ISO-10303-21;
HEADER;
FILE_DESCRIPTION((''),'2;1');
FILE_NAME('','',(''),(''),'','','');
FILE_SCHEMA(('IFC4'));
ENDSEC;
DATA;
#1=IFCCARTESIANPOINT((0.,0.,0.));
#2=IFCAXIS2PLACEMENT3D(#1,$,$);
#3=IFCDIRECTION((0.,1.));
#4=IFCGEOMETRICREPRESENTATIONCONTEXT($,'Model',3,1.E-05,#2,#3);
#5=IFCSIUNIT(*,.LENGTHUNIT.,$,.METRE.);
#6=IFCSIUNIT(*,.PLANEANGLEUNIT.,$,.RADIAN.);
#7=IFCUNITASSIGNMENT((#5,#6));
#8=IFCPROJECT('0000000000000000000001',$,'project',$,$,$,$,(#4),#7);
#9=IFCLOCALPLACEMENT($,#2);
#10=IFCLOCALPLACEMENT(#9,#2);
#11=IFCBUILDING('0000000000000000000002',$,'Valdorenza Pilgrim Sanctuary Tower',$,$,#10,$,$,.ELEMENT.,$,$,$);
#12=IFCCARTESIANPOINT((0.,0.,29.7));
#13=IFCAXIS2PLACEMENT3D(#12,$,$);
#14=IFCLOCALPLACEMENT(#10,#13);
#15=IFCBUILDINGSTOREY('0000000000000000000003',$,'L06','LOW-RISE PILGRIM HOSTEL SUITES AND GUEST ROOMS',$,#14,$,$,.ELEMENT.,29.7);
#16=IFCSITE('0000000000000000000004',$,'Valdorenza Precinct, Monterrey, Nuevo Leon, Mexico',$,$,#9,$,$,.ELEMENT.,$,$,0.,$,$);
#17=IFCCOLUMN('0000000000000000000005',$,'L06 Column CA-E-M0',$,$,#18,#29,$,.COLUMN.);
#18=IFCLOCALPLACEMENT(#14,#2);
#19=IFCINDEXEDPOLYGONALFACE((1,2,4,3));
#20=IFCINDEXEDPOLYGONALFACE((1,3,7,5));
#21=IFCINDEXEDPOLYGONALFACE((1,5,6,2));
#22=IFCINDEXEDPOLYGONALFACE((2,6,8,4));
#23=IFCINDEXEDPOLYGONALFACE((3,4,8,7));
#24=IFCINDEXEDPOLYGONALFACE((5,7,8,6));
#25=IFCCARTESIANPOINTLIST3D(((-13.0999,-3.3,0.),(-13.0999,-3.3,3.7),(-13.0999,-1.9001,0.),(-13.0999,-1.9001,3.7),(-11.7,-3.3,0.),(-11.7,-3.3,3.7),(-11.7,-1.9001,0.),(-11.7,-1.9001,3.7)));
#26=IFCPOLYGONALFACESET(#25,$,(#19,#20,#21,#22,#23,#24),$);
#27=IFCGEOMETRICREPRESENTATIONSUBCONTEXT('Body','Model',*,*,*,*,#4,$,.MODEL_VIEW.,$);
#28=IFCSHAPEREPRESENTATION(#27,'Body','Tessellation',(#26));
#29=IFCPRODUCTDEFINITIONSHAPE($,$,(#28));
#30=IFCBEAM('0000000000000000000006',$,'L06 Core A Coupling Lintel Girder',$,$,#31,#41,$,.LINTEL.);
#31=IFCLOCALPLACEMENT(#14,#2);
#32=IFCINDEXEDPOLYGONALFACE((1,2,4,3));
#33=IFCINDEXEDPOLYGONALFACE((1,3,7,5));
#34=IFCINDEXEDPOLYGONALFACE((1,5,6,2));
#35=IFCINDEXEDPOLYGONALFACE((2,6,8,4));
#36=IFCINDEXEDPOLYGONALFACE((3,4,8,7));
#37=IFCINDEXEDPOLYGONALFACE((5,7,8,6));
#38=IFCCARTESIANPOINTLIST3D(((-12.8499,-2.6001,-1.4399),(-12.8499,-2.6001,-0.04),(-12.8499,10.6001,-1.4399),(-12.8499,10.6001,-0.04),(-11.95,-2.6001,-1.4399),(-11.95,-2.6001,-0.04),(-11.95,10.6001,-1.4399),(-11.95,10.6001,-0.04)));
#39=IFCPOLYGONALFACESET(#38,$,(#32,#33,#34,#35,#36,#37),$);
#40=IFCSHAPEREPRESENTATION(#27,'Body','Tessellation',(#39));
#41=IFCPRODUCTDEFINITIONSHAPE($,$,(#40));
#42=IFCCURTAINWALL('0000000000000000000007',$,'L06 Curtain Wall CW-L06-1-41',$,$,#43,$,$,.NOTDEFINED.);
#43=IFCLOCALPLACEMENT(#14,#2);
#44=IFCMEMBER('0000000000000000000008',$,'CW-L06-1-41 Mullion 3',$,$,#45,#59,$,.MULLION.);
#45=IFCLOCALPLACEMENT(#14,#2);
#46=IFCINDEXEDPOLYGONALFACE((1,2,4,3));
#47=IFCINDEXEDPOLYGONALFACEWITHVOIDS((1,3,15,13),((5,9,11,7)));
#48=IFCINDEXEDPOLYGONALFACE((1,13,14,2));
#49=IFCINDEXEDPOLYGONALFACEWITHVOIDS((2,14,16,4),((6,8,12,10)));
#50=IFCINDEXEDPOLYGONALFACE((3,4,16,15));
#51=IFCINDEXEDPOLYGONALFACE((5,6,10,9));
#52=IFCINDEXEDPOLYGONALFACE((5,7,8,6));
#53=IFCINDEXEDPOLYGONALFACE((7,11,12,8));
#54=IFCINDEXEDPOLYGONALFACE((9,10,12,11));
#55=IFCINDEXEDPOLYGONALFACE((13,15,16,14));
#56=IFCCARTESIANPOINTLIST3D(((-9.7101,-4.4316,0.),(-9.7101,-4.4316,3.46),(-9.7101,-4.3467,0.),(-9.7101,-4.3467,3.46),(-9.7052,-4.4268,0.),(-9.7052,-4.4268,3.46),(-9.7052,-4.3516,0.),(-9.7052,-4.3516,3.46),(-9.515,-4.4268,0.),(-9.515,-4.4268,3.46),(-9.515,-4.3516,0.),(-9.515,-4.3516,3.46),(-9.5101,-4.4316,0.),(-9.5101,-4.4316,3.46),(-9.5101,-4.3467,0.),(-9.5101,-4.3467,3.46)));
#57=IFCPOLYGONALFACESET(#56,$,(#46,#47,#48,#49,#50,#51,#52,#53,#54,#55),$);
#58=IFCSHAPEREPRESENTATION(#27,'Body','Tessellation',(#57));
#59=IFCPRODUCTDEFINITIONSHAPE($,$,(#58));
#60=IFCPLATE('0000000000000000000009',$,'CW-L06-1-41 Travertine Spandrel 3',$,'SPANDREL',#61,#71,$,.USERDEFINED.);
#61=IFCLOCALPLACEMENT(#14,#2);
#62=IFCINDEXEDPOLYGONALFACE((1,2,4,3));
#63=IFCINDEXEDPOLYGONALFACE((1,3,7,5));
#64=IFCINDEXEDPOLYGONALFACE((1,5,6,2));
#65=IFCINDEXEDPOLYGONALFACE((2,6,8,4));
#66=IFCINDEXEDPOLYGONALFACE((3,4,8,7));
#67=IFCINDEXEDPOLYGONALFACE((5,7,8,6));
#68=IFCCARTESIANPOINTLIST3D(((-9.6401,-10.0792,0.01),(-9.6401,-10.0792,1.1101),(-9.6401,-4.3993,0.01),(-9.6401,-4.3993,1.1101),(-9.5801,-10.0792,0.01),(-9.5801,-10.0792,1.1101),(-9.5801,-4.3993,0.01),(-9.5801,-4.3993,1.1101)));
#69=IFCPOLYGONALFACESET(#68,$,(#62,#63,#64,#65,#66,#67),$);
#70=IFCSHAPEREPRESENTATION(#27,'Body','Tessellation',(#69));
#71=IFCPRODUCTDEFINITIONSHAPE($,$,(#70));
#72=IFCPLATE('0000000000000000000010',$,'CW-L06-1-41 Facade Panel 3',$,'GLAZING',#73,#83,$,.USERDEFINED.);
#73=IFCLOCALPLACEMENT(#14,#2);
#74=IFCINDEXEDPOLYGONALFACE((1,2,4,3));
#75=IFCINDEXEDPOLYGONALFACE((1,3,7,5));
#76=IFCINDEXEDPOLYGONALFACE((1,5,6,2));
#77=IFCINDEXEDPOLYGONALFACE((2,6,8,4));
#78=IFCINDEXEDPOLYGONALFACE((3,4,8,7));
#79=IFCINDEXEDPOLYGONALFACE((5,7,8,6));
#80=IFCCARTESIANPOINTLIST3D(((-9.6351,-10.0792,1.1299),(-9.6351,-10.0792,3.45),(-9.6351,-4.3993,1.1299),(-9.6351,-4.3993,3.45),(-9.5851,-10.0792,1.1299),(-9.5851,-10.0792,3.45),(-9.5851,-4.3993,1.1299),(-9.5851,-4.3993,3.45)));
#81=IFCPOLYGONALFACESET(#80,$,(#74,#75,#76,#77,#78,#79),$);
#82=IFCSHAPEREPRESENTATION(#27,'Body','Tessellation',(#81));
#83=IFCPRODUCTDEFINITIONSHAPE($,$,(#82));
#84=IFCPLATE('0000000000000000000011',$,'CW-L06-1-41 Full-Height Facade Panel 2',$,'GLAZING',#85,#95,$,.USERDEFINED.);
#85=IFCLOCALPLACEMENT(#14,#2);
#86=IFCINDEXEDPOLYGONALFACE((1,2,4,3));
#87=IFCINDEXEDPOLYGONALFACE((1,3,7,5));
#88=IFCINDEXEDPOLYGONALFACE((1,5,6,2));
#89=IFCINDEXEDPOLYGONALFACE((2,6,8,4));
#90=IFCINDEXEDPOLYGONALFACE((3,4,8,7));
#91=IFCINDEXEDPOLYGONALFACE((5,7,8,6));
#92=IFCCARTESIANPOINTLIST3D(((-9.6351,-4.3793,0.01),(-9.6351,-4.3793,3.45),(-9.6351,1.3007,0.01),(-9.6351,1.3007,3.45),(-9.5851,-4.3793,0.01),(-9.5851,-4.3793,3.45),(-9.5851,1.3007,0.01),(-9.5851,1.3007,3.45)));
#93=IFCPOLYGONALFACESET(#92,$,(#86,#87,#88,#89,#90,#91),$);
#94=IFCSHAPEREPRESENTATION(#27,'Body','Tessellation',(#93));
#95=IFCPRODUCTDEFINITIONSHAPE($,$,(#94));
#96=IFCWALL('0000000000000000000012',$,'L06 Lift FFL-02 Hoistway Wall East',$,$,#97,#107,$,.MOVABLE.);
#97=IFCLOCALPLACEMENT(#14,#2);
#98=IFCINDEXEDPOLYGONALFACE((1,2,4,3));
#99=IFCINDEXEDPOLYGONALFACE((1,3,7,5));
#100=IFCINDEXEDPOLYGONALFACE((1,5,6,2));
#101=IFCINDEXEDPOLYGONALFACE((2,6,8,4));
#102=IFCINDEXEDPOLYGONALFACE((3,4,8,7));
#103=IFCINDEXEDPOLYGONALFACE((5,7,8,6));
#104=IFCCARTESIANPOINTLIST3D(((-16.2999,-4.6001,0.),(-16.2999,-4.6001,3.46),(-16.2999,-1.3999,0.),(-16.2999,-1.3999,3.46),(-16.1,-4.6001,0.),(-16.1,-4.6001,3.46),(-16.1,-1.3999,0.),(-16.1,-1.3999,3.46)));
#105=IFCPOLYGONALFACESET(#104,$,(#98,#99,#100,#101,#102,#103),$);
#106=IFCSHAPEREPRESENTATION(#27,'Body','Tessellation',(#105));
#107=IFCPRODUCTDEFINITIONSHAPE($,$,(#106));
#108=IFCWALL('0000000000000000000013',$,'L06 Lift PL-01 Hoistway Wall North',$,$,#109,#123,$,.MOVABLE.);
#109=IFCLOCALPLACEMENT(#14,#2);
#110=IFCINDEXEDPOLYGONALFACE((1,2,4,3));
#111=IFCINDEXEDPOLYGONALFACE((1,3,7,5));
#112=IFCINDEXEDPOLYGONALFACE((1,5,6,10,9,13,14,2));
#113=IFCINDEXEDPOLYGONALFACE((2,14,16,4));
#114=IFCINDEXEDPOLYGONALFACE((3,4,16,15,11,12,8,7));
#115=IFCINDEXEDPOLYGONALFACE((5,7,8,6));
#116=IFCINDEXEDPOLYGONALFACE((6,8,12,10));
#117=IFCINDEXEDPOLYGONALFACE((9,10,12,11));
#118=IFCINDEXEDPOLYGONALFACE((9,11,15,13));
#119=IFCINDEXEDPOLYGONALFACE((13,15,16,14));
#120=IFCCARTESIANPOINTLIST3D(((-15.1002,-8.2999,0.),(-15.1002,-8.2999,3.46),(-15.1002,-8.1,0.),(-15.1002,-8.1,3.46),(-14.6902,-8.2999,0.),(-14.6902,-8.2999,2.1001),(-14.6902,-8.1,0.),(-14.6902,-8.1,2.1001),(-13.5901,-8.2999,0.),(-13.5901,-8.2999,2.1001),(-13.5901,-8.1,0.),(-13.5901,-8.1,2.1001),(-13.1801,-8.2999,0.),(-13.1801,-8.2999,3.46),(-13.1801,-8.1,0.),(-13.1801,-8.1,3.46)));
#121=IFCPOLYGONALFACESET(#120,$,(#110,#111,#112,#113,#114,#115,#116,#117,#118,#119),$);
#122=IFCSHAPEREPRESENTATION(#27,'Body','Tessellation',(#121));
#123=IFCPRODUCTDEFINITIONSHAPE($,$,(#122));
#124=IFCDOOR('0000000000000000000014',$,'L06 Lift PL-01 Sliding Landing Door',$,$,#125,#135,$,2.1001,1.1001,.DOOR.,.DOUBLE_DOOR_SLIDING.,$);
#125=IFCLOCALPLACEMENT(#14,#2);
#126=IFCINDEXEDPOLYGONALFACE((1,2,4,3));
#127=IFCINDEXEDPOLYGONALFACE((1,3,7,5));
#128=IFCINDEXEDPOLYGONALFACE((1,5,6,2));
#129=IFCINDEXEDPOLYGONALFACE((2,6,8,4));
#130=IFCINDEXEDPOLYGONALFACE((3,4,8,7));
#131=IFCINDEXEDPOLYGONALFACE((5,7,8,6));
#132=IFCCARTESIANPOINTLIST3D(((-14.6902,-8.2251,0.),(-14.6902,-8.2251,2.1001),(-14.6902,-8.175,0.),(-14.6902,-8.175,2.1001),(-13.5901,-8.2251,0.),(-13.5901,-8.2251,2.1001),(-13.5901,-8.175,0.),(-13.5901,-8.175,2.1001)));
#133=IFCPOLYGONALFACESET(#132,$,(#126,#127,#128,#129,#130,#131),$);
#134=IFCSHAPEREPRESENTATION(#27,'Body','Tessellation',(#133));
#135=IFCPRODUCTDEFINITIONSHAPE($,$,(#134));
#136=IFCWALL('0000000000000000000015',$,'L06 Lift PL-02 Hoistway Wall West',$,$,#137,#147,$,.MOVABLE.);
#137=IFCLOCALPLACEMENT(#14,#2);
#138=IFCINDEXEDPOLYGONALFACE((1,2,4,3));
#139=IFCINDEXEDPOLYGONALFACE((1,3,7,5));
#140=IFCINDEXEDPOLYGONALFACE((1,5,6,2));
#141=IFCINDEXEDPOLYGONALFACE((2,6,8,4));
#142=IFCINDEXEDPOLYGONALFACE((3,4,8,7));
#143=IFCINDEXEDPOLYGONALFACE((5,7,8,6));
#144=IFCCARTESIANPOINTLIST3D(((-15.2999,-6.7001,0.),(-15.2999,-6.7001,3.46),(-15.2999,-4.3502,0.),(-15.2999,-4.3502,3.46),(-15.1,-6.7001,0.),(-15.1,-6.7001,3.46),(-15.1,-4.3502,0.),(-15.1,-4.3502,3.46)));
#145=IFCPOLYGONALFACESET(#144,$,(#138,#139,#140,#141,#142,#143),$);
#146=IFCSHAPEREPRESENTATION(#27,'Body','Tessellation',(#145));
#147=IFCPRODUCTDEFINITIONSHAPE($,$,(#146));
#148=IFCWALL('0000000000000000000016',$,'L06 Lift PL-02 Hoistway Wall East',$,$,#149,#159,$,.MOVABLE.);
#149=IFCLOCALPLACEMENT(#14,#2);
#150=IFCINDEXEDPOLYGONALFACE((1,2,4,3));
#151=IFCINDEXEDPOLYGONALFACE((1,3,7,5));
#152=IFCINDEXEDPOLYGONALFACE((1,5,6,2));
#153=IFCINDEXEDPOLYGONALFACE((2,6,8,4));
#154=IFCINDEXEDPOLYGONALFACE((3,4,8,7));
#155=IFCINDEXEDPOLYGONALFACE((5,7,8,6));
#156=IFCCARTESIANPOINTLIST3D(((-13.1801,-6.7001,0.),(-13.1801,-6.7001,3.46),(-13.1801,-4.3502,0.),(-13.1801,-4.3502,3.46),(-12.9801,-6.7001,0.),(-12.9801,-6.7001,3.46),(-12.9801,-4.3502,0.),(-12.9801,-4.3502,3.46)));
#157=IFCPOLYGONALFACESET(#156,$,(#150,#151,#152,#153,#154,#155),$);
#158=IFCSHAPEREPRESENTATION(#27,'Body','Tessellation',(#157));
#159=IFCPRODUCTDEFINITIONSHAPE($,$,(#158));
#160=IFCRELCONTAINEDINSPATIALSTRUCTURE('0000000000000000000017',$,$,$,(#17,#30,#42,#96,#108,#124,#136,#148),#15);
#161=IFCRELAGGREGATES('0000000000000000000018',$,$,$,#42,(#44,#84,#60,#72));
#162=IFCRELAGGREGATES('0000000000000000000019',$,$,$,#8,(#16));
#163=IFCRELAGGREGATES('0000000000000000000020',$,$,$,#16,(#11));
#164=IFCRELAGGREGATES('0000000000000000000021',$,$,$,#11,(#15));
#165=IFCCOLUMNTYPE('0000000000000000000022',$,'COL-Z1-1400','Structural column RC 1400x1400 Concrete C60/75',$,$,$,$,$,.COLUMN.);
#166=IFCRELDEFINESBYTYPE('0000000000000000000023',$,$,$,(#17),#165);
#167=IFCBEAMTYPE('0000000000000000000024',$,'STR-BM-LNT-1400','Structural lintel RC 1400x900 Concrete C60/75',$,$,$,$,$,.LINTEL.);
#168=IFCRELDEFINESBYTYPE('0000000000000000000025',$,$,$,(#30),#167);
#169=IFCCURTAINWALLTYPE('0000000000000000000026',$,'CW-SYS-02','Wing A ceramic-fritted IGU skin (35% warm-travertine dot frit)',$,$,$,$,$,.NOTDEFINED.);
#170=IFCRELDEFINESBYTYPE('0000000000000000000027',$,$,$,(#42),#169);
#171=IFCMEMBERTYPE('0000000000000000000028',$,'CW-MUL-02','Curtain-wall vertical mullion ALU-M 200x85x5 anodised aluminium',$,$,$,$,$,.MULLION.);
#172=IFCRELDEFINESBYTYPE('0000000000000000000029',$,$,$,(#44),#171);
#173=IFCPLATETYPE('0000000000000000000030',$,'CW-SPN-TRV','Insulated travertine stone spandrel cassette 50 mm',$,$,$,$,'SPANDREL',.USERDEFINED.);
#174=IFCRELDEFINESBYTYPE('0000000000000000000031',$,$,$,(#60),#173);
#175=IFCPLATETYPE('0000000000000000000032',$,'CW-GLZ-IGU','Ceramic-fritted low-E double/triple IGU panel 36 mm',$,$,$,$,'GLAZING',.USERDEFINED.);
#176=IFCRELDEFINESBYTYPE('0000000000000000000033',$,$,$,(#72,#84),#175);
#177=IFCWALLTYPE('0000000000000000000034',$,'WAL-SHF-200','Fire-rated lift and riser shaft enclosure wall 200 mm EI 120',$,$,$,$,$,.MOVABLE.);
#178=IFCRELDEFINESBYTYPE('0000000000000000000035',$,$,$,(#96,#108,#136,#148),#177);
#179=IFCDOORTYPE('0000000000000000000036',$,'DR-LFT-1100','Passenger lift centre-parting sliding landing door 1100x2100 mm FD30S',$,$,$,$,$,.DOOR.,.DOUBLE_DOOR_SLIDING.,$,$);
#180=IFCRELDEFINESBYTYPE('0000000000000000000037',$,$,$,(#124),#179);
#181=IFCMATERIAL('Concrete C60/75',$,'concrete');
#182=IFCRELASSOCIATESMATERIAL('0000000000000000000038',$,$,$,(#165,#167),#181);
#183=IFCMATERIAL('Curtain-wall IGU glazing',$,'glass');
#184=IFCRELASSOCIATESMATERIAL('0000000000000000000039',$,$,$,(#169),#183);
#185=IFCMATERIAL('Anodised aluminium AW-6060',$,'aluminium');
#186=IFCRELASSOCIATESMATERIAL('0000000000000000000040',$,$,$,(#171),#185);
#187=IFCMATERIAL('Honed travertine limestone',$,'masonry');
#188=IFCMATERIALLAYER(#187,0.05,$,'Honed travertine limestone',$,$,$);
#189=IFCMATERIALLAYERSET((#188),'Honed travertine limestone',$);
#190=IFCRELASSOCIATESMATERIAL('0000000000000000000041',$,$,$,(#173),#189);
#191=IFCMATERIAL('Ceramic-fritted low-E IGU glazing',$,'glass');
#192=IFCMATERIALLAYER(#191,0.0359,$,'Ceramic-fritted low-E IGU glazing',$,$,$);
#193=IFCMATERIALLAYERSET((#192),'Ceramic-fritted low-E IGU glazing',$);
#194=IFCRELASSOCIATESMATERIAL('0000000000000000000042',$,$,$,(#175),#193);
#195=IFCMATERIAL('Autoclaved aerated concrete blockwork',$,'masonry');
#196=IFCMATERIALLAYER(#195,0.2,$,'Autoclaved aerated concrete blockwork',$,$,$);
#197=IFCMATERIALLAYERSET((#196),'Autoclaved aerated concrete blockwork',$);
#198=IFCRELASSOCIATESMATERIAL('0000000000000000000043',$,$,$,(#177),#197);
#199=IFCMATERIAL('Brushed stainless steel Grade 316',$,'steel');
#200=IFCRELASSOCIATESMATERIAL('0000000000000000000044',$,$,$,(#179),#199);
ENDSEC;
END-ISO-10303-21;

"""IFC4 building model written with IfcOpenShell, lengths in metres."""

from ifc_helpers import new_model, si_unit, direction, frame, frame_2d, origin, origin_2d, place, context, subcontext, project, spatial, rectangle, hollow_rectangle, extrude, source, transform, mapped, material, layer, layer_set, material_profile, profile_set, type_object, element, fill, aggregate, save


model = new_model("IFC4")

# Units and contexts
model_context = context("Model", 3, precision=1e-05, world=origin(), true_north=direction((0.0, 1.0)))
body_context = subcontext(model_context, "Body", "Model", "MODEL_VIEW")
ifc_project = project(units=[si_unit("LENGTHUNIT", "METRE"), si_unit("PLANEANGLEUNIT", "RADIAN")], contexts=[model_context])

# Site, building, storey
site_placement = place(None, origin())
site = spatial("IfcSite", under=ifc_project, at=site_placement, Name="Valdorenza Precinct, Monterrey, Nuevo Leon, Mexico", CompositionType="ELEMENT", RefElevation=0.0)
building_placement = place(site_placement, origin())
building = spatial("IfcBuilding", under=site, at=building_placement, Name="Valdorenza Pilgrim Sanctuary Tower", CompositionType="ELEMENT")
storey_placement = place(building_placement, frame((0.0, 0.0, 29.7)))
storey = spatial("IfcBuildingStorey", under=building, at=storey_placement, Name="L06", Description="LOW-RISE PILGRIM HOSTEL SUITES AND GUEST ROOMS", CompositionType="ELEMENT", Elevation=29.7)

# Column
ifc_material_1 = material(Name="Concrete C60/75", Category="concrete")
ifc_material_profile_1 = material_profile(ifc_material_1, rectangle(XDim=1.3999, YDim=1.3999, at=origin_2d()), Name="RC 1400x1400")
ifc_profile_set_1 = profile_set([ifc_material_profile_1], Name="Concrete C60/75")
column_type = type_object("IfcColumnType", Name="COL-Z1-1400", Description="Structural column RC 1400x1400 Concrete C60/75", PredefinedType="COLUMN", material=ifc_profile_set_1)
shared_shape_1 = source(origin(), body_context, "Body", "SweptSolid", [
    extrude(rectangle(XDim=1.3999, YDim=1.3999, at=origin_2d()), origin(), (0.0, 0.0, 1.0), 3.7),
])
column_placement = place(storey_placement, frame((-12.3999, -2.6001, 0.0), z_axis=(0.0, 0.0, 1.0), x_axis=(1.0, 0.0, 0.0)))
element("IfcColumn", 1, at=column_placement, inside=storey, type_object=column_type, Name="L06 Column CA-E-M0", PredefinedType="COLUMN", context=body_context, shape_type="MappedRepresentation", body=[
    mapped(shared_shape_1, transform((0.0, 0.0, 0.0), x_axis=(1.0, 0.0, 0.0), y_axis=(0.0, 1.0, 0.0), z_axis=(0.0, 0.0, 1.0), scale=1.0)),
])

# Beam
ifc_material_profile_2 = material_profile(ifc_material_1, rectangle(XDim=0.8999, YDim=1.3999, at=origin_2d()), Name="RC 1400x900")
ifc_profile_set_2 = profile_set([ifc_material_profile_2], Name="Concrete C60/75")
beam_type = type_object("IfcBeamType", Name="STR-BM-LNT-1400", Description="Structural lintel RC 1400x900 Concrete C60/75", PredefinedType="LINTEL", material=ifc_profile_set_2)
shared_shape_2 = source(origin(), body_context, "Body", "SweptSolid", [
    extrude(rectangle(XDim=0.8999, YDim=1.3999, at=origin_2d()), origin(), (0.0, 0.0, 1.0), 13.2002),
])
beam_placement = place(storey_placement, frame((-12.3999, -2.6001, -0.74), z_axis=(0.0, 1.0, 0.0), x_axis=(-1.0, 0.0, 0.0)))
element("IfcBeam", 2, at=beam_placement, inside=storey, type_object=beam_type, Name="L06 Core A Coupling Lintel Girder", PredefinedType="LINTEL", context=body_context, shape_type="MappedRepresentation", body=[
    mapped(shared_shape_2, transform((0.0, 0.0, 0.0), x_axis=(1.0, 0.0, 0.0), y_axis=(0.0, 1.0, 0.0), z_axis=(0.0, 0.0, 1.0), scale=1.0)),
])

# Curtain wall, member, plates
ifc_material_2 = material(Name="Curtain-wall IGU glazing", Category="glass")
curtain_wall_type = type_object("IfcCurtainWallType", Name="CW-SYS-02", Description="Wing A ceramic-fritted IGU skin (35% warm-travertine dot frit)", PredefinedType="NOTDEFINED", material=ifc_material_2)
curtain_wall_placement = place(storey_placement, origin())
curtain_wall = element("IfcCurtainWall", 3, at=curtain_wall_placement, inside=storey, type_object=curtain_wall_type, Name="L06 Curtain Wall CW-L06-1-41", PredefinedType="NOTDEFINED")
ifc_material_3 = material(Name="Anodised aluminium AW-6060", Category="aluminium")
ifc_material_profile_3 = material_profile(ifc_material_3, hollow_rectangle(XDim=0.085, YDim=0.2, WallThickness=0.0049, at=origin_2d()), Name="ALU-M 200x85x5")
ifc_profile_set_3 = profile_set([ifc_material_profile_3], Name="Anodised aluminium AW-6060")
member_type = type_object("IfcMemberType", Name="CW-MUL-02", Description="Curtain-wall vertical mullion ALU-M 200x85x5 anodised aluminium", PredefinedType="MULLION", material=ifc_profile_set_3)
shared_shape_3 = source(origin(), body_context, "Body", "SweptSolid", [
    extrude(hollow_rectangle(XDim=0.085, YDim=0.2, WallThickness=0.0049, at=origin_2d()), origin(), (0.0, 0.0, 1.0), 3.46),
])
member_placement = place(storey_placement, frame((-9.6101, -4.3892, 0.0), z_axis=(0.0, 0.0, 1.0), x_axis=(0.0, -1.0, 0.0)))
member = element("IfcMember", 4, at=member_placement, type_object=member_type, Name="CW-L06-1-41 Mullion 3", PredefinedType="MULLION", context=body_context, shape_type="MappedRepresentation", body=[
    mapped(shared_shape_3, transform((0.0, 0.0, 0.0), x_axis=(1.0, 0.0, 0.0), y_axis=(0.0, 1.0, 0.0), z_axis=(0.0, 0.0, 1.0), scale=1.0)),
])
ifc_material_4 = material(Name="Honed travertine limestone", Category="masonry")
ifc_layer_1 = layer(ifc_material_4, 0.05, Name="Honed travertine limestone")
ifc_layer_set_1 = layer_set([ifc_layer_1], Name="Honed travertine limestone")
plate_type_1 = type_object("IfcPlateType", Name="CW-SPN-TRV", Description="Insulated travertine stone spandrel cassette 50 mm", ElementType="SPANDREL", PredefinedType="USERDEFINED", material=ifc_layer_set_1)
shared_shape_4 = source(origin(), body_context, "Body", "SweptSolid", [
    extrude(rectangle(XDim=5.6799, YDim=0.0601, at=origin_2d()), origin(), (0.0, 0.0, 1.0), 1.1001),
])
plate_1_placement = place(storey_placement, frame((-9.6101, -7.2393, 0.01), z_axis=(0.0, 0.0, 1.0), x_axis=(0.0, -1.0, 0.0)))
plate_1 = element("IfcPlate", 5, at=plate_1_placement, type_object=plate_type_1, Name="CW-L06-1-41 Travertine Spandrel 3", ObjectType="SPANDREL", PredefinedType="USERDEFINED", context=body_context, shape_type="MappedRepresentation", body=[
    mapped(shared_shape_4, transform((0.0, 0.0, 0.0), x_axis=(1.0, 0.0, 0.0), y_axis=(0.0, 1.0, 0.0), z_axis=(0.0, 0.0, 1.0), scale=1.0)),
])
ifc_material_5 = material(Name="Ceramic-fritted low-E IGU glazing", Category="glass")
ifc_layer_2 = layer(ifc_material_5, 0.0359, Name="Ceramic-fritted low-E IGU glazing")
ifc_layer_set_2 = layer_set([ifc_layer_2], Name="Ceramic-fritted low-E IGU glazing")
plate_type_2 = type_object("IfcPlateType", Name="CW-GLZ-IGU", Description="Ceramic-fritted low-E double/triple IGU panel 36 mm", ElementType="GLAZING", PredefinedType="USERDEFINED", material=ifc_layer_set_2)
shared_shape_5 = source(origin(), body_context, "Body", "SweptSolid", [
    extrude(rectangle(XDim=5.6799, YDim=0.05, at=origin_2d()), origin(), (0.0, 0.0, 1.0), 2.3201),
])
plate_2_placement = place(storey_placement, frame((-9.6101, -7.2393, 1.1299), z_axis=(0.0, 0.0, 1.0), x_axis=(0.0, -1.0, 0.0)))
plate_2 = element("IfcPlate", 6, at=plate_2_placement, type_object=plate_type_2, Name="CW-L06-1-41 Facade Panel 3", ObjectType="GLAZING", PredefinedType="USERDEFINED", context=body_context, shape_type="MappedRepresentation", body=[
    mapped(shared_shape_5, transform((0.0, 0.0, 0.0), x_axis=(1.0, 0.0, 0.0), y_axis=(0.0, 1.0, 0.0), z_axis=(0.0, 0.0, 1.0), scale=1.0)),
])
shared_shape_6 = source(origin(), body_context, "Body", "SweptSolid", [
    extrude(rectangle(XDim=5.6799, YDim=0.05, at=origin_2d()), origin(), (0.0, 0.0, 1.0), 3.4399),
])
plate_3_placement = place(storey_placement, frame((-9.6101, -1.5393, 0.01), z_axis=(0.0, 0.0, 1.0), x_axis=(0.0, -1.0, 0.0)))
plate_3 = element("IfcPlate", 7, at=plate_3_placement, type_object=plate_type_2, Name="CW-L06-1-41 Full-Height Facade Panel 2", ObjectType="GLAZING", PredefinedType="USERDEFINED", context=body_context, shape_type="MappedRepresentation", body=[
    mapped(shared_shape_6, transform((0.0, 0.0, 0.0), x_axis=(1.0, 0.0, 0.0), y_axis=(0.0, 1.0, 0.0), z_axis=(0.0, 0.0, 1.0), scale=1.0)),
])
aggregate(curtain_wall, [member, plate_3, plate_1, plate_2])

# Wall
ifc_material_6 = material(Name="Autoclaved aerated concrete blockwork", Category="masonry")
ifc_layer_3 = layer(ifc_material_6, 0.2, Name="Autoclaved aerated concrete blockwork")
ifc_layer_set_3 = layer_set([ifc_layer_3], Name="Autoclaved aerated concrete blockwork")
wall_type = type_object("IfcWallType", Name="WAL-SHF-200", Description="Fire-rated lift and riser shaft enclosure wall 200 mm EI 120", PredefinedType="MOVABLE", material=ifc_layer_set_3)
wall_1_placement = place(storey_placement, frame((-16.2, -4.6001, 0.0), z_axis=(0.0, 0.0, 1.0), x_axis=(0.0, 1.0, 0.0)))
element("IfcWall", 8, at=wall_1_placement, inside=storey, type_object=wall_type, Name="L06 Lift FFL-02 Hoistway Wall East", PredefinedType="MOVABLE", context=body_context, shape_type="SweptSolid", body=[
    extrude(rectangle(XDim=3.2002, YDim=0.2, at=frame_2d((1.6001, 0.0))), origin(), (0.0, 0.0, 1.0), 3.46),
])

# Wall, opening, door
wall_2_placement = place(storey_placement, frame((-15.1001, -8.2, 0.0), z_axis=(0.0, 0.0, 1.0), x_axis=(1.0, 0.0, 0.0)))
wall_2 = element("IfcWall", 9, at=wall_2_placement, inside=storey, type_object=wall_type, Name="L06 Lift PL-01 Hoistway Wall North", PredefinedType="MOVABLE", context=body_context, shape_type="SweptSolid", body=[
    extrude(rectangle(XDim=1.9202, YDim=0.2, at=frame_2d((0.96, 0.0))), origin(), (0.0, 0.0, 1.0), 3.46),
])
opening_1_placement = place(wall_2_placement, frame((0.4099, 0.0, 0.0)))
opening_1 = element("IfcOpeningElement", 10, at=opening_1_placement, cuts=wall_2, PredefinedType="OPENING", context=body_context, shape_type="SweptSolid", body=[
    extrude(rectangle(XDim=1.1001, YDim=2.1001, at=frame_2d((0.55, 1.05))), frame((0.0, 0.1147, 0.0), z_axis=(0.0, -1.0, 0.0), x_axis=(1.0, 0.0, 0.0)), (0.0, 0.0, 1.0), 0.2297),
])
ifc_material_7 = material(Name="Brushed stainless steel Grade 316", Category="steel")
door_type = type_object("IfcDoorType", Name="DR-LFT-1100", Description="Passenger lift centre-parting sliding landing door 1100x2100 mm FD30S", OperationType="DOUBLE_DOOR_SLIDING", PredefinedType="DOOR", material=ifc_material_7)
door_1_placement = place(opening_1_placement, origin())
door_1 = element("IfcDoor", 11, at=door_1_placement, inside=storey, type_object=door_type, Name="L06 Lift PL-01 Sliding Landing Door", OperationType="DOUBLE_DOOR_SLIDING", OverallHeight=2.1001, OverallWidth=1.1001, PredefinedType="DOOR", context=body_context, shape_type="SweptSolid", body=[
    extrude(rectangle(XDim=1.1001, YDim=2.1001, at=frame_2d((0.55, 1.05))), frame((0.0, 0.0249, 0.0), z_axis=(0.0, -1.0, 0.0), x_axis=(1.0, 0.0, 0.0)), (0.0, 0.0, 1.0), 0.05),
])
fill(opening_1, door_1)

# Walls
for number, where, z_axis, x_axis, name in (
    (12, (-15.2, -6.7, 0.0), (0.0, 0.0, 1.0), (0.0, 1.0, 0.0), "L06 Lift PL-02 Hoistway Wall West"),
    (13, (-13.0801, -6.7, 0.0), (0.0, 0.0, 1.0), (0.0, 1.0, 0.0), "L06 Lift PL-02 Hoistway Wall East"),
):
    element("IfcWall", number, at=place(storey_placement, frame(where, z_axis=z_axis, x_axis=x_axis)), inside=storey, type_object=wall_type, Name=name, PredefinedType="MOVABLE", context=body_context, shape_type="SweptSolid", body=[
        extrude(rectangle(XDim=2.3499, YDim=0.2, at=frame_2d((1.1748, 0.0))), origin(), (0.0, 0.0, 1.0), 3.46),
    ])

save(model, "model.ifc")
